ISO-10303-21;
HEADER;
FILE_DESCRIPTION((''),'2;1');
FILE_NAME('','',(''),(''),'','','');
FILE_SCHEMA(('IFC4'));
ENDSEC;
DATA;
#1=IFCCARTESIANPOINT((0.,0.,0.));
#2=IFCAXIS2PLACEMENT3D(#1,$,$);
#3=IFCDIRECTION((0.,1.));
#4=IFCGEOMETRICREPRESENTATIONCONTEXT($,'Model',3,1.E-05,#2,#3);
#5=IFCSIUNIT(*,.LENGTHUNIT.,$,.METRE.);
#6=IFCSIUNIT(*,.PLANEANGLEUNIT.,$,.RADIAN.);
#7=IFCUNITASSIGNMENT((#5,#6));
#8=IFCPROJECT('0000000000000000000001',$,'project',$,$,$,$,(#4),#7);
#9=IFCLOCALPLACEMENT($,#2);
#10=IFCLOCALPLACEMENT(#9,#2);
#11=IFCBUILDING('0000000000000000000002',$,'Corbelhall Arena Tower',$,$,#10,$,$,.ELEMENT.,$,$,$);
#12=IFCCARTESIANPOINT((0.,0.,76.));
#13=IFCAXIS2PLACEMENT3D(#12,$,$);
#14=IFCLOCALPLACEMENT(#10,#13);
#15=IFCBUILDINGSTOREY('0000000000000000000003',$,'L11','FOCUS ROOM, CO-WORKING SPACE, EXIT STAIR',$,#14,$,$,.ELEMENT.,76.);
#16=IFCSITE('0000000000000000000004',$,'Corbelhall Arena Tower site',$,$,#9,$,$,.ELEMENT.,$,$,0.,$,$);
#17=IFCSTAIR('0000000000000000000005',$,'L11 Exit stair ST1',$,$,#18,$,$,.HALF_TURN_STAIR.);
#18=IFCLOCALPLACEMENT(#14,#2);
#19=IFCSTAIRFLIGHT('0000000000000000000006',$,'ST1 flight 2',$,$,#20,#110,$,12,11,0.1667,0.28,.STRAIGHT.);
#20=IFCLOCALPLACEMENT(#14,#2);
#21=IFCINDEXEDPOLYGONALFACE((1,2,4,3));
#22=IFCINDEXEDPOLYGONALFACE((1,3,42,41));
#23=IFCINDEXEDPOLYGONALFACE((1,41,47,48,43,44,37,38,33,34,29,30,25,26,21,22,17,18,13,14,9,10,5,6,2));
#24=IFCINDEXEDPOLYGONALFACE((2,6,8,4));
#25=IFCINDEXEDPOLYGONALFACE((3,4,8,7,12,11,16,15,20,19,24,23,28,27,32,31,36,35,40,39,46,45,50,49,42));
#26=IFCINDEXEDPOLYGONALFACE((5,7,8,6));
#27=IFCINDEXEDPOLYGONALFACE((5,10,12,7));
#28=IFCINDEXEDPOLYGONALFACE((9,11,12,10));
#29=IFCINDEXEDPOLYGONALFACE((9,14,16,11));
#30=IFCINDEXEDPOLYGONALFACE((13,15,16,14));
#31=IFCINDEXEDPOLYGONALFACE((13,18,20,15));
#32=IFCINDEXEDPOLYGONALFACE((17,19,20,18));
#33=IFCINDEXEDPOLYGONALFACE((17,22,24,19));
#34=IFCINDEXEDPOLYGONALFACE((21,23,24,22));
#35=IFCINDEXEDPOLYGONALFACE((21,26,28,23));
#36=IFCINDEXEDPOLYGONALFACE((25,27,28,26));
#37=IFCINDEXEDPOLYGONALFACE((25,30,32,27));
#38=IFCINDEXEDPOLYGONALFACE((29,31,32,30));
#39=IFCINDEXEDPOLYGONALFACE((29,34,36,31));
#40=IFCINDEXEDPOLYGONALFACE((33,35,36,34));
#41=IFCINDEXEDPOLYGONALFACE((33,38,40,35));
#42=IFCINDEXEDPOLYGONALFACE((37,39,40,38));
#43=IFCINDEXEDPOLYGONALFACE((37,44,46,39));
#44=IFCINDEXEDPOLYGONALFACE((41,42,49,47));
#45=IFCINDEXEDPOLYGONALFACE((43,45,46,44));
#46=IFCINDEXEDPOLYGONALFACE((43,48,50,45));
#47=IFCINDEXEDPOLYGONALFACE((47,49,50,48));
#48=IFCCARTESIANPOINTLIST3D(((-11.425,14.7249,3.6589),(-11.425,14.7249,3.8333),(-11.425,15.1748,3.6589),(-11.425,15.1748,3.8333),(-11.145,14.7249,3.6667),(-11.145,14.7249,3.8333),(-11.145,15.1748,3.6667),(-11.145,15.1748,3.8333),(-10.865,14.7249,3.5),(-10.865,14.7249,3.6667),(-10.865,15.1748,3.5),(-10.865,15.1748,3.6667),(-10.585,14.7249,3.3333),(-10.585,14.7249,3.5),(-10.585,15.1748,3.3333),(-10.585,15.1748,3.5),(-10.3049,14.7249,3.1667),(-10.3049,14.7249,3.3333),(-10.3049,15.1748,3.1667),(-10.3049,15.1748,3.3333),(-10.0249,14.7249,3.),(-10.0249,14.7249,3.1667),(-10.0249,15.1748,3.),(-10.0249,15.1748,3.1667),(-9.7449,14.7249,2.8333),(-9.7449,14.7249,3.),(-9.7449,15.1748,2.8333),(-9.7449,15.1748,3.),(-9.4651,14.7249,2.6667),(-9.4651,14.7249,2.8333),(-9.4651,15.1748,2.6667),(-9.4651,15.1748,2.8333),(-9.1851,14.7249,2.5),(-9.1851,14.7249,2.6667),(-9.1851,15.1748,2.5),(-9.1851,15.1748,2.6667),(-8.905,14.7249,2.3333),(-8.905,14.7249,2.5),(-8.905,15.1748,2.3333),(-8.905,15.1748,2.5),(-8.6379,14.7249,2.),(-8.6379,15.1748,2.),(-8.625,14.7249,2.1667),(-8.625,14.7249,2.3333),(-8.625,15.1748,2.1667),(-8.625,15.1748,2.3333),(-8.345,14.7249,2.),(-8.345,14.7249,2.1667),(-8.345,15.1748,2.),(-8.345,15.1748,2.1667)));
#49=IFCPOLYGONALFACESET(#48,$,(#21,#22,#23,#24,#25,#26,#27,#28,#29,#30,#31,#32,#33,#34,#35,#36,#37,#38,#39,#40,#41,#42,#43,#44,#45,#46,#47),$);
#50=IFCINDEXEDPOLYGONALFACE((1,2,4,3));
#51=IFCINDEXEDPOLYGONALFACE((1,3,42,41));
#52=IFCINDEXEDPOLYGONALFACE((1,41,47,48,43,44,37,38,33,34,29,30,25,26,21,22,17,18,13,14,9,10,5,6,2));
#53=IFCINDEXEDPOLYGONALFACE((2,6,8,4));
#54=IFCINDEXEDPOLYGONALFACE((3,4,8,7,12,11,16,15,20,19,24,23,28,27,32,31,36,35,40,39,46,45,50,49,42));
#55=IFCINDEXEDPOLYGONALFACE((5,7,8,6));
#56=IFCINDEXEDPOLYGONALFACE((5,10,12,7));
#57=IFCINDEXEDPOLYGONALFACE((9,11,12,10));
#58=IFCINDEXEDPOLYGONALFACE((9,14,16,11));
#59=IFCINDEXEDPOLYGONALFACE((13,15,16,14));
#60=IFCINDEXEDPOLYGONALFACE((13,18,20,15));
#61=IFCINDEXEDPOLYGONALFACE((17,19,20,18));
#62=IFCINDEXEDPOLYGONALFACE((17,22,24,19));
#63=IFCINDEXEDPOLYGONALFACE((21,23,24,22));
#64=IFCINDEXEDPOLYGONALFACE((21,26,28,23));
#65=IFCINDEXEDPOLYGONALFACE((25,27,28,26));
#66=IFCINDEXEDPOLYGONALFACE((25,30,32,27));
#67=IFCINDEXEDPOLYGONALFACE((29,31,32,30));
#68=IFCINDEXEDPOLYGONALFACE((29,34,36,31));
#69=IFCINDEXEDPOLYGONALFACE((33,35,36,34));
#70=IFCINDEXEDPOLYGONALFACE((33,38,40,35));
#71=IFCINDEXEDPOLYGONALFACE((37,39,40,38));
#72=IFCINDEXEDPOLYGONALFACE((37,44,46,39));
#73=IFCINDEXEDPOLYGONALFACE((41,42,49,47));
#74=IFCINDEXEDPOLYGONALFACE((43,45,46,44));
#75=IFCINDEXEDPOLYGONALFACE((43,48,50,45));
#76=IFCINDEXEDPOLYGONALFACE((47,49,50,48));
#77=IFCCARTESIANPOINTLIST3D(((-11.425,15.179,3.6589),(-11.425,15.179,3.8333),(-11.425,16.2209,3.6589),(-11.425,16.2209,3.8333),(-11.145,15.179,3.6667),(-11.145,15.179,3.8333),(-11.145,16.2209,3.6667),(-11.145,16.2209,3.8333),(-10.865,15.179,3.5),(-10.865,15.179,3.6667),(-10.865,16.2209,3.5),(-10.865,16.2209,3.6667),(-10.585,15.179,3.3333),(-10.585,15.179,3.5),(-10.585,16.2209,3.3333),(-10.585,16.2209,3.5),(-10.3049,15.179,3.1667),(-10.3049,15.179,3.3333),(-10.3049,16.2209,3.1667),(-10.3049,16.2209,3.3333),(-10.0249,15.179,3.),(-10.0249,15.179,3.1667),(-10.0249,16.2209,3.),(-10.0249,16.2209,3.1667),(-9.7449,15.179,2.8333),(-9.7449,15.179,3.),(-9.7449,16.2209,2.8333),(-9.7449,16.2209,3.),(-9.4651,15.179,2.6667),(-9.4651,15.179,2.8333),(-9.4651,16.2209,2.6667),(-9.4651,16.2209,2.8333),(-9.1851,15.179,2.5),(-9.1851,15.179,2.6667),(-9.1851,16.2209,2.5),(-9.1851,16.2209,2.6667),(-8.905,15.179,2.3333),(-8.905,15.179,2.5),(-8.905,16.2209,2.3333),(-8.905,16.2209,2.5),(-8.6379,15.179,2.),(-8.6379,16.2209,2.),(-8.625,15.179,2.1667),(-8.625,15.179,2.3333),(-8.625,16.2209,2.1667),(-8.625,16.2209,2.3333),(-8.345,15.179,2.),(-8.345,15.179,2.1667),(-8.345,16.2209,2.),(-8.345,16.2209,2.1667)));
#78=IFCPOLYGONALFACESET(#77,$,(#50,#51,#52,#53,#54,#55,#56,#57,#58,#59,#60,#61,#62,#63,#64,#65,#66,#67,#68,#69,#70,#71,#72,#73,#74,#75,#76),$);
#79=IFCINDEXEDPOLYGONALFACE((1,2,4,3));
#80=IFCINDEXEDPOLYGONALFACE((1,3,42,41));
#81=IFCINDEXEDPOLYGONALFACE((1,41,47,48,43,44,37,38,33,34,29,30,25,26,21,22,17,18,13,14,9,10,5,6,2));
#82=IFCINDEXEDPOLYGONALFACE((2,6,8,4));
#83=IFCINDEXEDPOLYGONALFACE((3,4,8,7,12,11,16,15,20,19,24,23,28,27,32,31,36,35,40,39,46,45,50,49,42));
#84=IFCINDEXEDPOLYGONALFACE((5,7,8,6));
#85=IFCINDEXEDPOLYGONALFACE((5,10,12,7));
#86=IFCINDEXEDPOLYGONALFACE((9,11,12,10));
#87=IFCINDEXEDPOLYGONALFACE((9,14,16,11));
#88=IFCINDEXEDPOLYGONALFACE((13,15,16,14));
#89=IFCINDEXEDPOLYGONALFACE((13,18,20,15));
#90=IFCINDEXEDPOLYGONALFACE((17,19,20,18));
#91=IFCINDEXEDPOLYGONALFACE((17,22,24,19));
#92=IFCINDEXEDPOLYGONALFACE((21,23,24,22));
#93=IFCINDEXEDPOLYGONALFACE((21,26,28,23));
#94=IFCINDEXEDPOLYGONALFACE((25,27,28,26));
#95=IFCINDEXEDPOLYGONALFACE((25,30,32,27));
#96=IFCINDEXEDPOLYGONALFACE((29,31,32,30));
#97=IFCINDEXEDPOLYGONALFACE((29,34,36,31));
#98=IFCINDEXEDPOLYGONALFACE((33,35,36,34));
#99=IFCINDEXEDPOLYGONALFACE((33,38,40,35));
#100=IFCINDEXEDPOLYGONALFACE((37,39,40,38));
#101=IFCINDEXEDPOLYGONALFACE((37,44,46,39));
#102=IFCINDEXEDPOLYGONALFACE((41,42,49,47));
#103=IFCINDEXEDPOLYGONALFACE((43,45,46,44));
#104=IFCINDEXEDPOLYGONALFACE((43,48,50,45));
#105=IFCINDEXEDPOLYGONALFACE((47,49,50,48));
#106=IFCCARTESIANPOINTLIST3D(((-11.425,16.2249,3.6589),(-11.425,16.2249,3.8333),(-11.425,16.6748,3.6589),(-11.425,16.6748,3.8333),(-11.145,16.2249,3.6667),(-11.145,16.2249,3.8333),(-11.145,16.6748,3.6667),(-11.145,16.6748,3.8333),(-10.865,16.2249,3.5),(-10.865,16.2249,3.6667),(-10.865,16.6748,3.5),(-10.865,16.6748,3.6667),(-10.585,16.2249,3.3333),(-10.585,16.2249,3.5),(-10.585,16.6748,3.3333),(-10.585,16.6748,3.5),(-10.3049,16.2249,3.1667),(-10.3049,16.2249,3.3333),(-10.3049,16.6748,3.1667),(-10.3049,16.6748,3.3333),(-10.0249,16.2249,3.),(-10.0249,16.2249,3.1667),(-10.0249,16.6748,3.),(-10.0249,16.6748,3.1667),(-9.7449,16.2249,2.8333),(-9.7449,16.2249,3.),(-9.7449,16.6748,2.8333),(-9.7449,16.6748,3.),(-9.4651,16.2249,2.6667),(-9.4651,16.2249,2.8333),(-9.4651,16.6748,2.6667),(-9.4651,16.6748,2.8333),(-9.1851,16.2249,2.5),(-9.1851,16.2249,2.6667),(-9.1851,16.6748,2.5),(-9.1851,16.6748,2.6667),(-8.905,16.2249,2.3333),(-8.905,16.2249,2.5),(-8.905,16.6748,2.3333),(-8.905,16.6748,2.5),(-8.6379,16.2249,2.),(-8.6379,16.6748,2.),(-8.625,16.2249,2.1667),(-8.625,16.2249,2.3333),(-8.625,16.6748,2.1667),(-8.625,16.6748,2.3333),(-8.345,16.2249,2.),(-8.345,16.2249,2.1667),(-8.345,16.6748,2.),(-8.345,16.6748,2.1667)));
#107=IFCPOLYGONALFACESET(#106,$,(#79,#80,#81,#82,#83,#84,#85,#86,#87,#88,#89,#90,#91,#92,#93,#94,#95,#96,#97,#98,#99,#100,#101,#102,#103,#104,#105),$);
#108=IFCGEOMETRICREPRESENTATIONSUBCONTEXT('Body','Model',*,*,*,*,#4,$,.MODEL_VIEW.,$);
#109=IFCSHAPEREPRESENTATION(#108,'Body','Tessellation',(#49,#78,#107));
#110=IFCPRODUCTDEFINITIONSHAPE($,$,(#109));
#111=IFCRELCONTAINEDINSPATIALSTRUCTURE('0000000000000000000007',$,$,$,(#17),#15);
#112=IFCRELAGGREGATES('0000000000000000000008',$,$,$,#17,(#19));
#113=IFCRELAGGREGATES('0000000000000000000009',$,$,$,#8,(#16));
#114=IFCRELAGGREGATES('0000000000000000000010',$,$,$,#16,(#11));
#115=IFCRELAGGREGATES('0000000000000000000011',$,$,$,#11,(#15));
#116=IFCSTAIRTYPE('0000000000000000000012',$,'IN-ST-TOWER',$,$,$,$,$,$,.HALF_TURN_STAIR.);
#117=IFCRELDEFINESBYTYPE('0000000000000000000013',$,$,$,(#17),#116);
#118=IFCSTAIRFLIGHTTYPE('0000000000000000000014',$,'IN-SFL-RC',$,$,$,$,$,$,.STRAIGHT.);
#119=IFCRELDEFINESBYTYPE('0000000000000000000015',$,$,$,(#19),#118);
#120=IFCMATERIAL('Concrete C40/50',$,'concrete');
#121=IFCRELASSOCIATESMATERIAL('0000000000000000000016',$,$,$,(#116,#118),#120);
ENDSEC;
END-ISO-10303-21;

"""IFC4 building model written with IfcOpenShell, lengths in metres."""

from ifc_helpers import new_model, si_unit, direction, frame, origin, place, context, subcontext, project, spatial, polyline, outline, extrude, material, type_object, element, aggregate, save


model = new_model("IFC4")

# Units and contexts
model_context = context("Model", 3, precision=1e-05, world=origin(), true_north=direction((0.0, 1.0)))
body_context = subcontext(model_context, "Body", "Model", "MODEL_VIEW")
ifc_project = project(units=[si_unit("LENGTHUNIT", "METRE"), si_unit("PLANEANGLEUNIT", "RADIAN")], contexts=[model_context])

# Site, building, storey
site_placement = place(None, origin())
site = spatial("IfcSite", under=ifc_project, at=site_placement, Name="Corbelhall Arena Tower site", CompositionType="ELEMENT", RefElevation=0.0)
building_placement = place(site_placement, origin())
building = spatial("IfcBuilding", under=site, at=building_placement, Name="Corbelhall Arena Tower", CompositionType="ELEMENT")
storey_placement = place(building_placement, frame((0.0, 0.0, 76.0)))
storey = spatial("IfcBuildingStorey", under=building, at=storey_placement, Name="L11", Description="FOCUS ROOM, CO-WORKING SPACE, EXIT STAIR", CompositionType="ELEMENT", Elevation=76.0)

# Shared definitions
ifc_material_1 = material(Name="Concrete C40/50", Category="concrete")

# Stair, stair flight
stair_type = type_object("IfcStairType", Name="IN-ST-TOWER", PredefinedType="HALF_TURN_STAIR", material=ifc_material_1)
stair_placement = place(storey_placement, origin())
stair = element("IfcStair", 1, at=stair_placement, inside=storey, type_object=stair_type, Name="L11 Exit stair ST1", PredefinedType="HALF_TURN_STAIR")
stair_flight_type = type_object("IfcStairFlightType", Name="IN-SFL-RC", PredefinedType="STRAIGHT", material=ifc_material_1)
stair_flight_1_placement = place(storey_placement, frame((-8.345, 15.7, 2.0), z_axis=(0.0, 0.0, 1.0), x_axis=(-1.0, 0.0, 0.0)))
stair_flight_1 = element("IfcStairFlight", 2, at=stair_flight_1_placement, type_object=stair_flight_type, Name="ST1 flight 2", NumberOfRisers=12, NumberOfTreads=11, PredefinedType="STRAIGHT", RiserHeight=0.1667, TreadLength=0.28, context=body_context, shape_type="SweptSolid", body=[
    extrude(outline(polyline([(0.0, 0.0), (0.0, 0.1667), (0.28, 0.1667), (0.28, 0.3333), (0.5601, 0.3333), (0.5601, 0.5), (0.8401, 0.5), (0.8401, 0.6667), (1.1201, 0.6667), (1.1201, 0.8333), (1.3999, 0.8333), (1.3999, 1.0), (1.6799, 1.0), (1.6799, 1.1667), (1.96, 1.1667), (1.96, 1.3333), (2.24, 1.3333), (2.24, 1.5), (2.52, 1.5), (2.52, 1.6667), (2.8, 1.6667), (2.8, 1.8333), (3.0801, 1.8333), (3.0801, 2.0), (3.0801, 1.6589), (0.293, 0.0), (0.0, 0.0)])), frame((0.0, 0.9751, 0.0), z_axis=(0.0, -1.0, 0.0), x_axis=(1.0, 0.0, 0.0)), (0.0, 0.0, 1.0), 0.45),
    extrude(outline(polyline([(0.0, 0.0), (0.0, 0.1667), (0.28, 0.1667), (0.28, 0.3333), (0.5601, 0.3333), (0.5601, 0.5), (0.8401, 0.5), (0.8401, 0.6667), (1.1201, 0.6667), (1.1201, 0.8333), (1.3999, 0.8333), (1.3999, 1.0), (1.6799, 1.0), (1.6799, 1.1667), (1.96, 1.1667), (1.96, 1.3333), (2.24, 1.3333), (2.24, 1.5), (2.52, 1.5), (2.52, 1.6667), (2.8, 1.6667), (2.8, 1.8333), (3.0801, 1.8333), (3.0801, 2.0), (3.0801, 1.6589), (0.293, 0.0), (0.0, 0.0)])), frame((0.0, 0.521, 0.0), z_axis=(0.0, -1.0, 0.0), x_axis=(1.0, 0.0, 0.0)), (0.0, 0.0, 1.0), 1.042),
    extrude(outline(polyline([(0.0, 0.0), (0.0, 0.1667), (0.28, 0.1667), (0.28, 0.3333), (0.5601, 0.3333), (0.5601, 0.5), (0.8401, 0.5), (0.8401, 0.6667), (1.1201, 0.6667), (1.1201, 0.8333), (1.3999, 0.8333), (1.3999, 1.0), (1.6799, 1.0), (1.6799, 1.1667), (1.96, 1.1667), (1.96, 1.3333), (2.24, 1.3333), (2.24, 1.5), (2.52, 1.5), (2.52, 1.6667), (2.8, 1.6667), (2.8, 1.8333), (3.0801, 1.8333), (3.0801, 2.0), (3.0801, 1.6589), (0.293, 0.0), (0.0, 0.0)])), frame((0.0, -0.5249, 0.0), z_axis=(0.0, -1.0, 0.0), x_axis=(1.0, 0.0, 0.0)), (0.0, 0.0, 1.0), 0.45),
])
aggregate(stair, [stair_flight_1])

save(model, "model.ifc")
